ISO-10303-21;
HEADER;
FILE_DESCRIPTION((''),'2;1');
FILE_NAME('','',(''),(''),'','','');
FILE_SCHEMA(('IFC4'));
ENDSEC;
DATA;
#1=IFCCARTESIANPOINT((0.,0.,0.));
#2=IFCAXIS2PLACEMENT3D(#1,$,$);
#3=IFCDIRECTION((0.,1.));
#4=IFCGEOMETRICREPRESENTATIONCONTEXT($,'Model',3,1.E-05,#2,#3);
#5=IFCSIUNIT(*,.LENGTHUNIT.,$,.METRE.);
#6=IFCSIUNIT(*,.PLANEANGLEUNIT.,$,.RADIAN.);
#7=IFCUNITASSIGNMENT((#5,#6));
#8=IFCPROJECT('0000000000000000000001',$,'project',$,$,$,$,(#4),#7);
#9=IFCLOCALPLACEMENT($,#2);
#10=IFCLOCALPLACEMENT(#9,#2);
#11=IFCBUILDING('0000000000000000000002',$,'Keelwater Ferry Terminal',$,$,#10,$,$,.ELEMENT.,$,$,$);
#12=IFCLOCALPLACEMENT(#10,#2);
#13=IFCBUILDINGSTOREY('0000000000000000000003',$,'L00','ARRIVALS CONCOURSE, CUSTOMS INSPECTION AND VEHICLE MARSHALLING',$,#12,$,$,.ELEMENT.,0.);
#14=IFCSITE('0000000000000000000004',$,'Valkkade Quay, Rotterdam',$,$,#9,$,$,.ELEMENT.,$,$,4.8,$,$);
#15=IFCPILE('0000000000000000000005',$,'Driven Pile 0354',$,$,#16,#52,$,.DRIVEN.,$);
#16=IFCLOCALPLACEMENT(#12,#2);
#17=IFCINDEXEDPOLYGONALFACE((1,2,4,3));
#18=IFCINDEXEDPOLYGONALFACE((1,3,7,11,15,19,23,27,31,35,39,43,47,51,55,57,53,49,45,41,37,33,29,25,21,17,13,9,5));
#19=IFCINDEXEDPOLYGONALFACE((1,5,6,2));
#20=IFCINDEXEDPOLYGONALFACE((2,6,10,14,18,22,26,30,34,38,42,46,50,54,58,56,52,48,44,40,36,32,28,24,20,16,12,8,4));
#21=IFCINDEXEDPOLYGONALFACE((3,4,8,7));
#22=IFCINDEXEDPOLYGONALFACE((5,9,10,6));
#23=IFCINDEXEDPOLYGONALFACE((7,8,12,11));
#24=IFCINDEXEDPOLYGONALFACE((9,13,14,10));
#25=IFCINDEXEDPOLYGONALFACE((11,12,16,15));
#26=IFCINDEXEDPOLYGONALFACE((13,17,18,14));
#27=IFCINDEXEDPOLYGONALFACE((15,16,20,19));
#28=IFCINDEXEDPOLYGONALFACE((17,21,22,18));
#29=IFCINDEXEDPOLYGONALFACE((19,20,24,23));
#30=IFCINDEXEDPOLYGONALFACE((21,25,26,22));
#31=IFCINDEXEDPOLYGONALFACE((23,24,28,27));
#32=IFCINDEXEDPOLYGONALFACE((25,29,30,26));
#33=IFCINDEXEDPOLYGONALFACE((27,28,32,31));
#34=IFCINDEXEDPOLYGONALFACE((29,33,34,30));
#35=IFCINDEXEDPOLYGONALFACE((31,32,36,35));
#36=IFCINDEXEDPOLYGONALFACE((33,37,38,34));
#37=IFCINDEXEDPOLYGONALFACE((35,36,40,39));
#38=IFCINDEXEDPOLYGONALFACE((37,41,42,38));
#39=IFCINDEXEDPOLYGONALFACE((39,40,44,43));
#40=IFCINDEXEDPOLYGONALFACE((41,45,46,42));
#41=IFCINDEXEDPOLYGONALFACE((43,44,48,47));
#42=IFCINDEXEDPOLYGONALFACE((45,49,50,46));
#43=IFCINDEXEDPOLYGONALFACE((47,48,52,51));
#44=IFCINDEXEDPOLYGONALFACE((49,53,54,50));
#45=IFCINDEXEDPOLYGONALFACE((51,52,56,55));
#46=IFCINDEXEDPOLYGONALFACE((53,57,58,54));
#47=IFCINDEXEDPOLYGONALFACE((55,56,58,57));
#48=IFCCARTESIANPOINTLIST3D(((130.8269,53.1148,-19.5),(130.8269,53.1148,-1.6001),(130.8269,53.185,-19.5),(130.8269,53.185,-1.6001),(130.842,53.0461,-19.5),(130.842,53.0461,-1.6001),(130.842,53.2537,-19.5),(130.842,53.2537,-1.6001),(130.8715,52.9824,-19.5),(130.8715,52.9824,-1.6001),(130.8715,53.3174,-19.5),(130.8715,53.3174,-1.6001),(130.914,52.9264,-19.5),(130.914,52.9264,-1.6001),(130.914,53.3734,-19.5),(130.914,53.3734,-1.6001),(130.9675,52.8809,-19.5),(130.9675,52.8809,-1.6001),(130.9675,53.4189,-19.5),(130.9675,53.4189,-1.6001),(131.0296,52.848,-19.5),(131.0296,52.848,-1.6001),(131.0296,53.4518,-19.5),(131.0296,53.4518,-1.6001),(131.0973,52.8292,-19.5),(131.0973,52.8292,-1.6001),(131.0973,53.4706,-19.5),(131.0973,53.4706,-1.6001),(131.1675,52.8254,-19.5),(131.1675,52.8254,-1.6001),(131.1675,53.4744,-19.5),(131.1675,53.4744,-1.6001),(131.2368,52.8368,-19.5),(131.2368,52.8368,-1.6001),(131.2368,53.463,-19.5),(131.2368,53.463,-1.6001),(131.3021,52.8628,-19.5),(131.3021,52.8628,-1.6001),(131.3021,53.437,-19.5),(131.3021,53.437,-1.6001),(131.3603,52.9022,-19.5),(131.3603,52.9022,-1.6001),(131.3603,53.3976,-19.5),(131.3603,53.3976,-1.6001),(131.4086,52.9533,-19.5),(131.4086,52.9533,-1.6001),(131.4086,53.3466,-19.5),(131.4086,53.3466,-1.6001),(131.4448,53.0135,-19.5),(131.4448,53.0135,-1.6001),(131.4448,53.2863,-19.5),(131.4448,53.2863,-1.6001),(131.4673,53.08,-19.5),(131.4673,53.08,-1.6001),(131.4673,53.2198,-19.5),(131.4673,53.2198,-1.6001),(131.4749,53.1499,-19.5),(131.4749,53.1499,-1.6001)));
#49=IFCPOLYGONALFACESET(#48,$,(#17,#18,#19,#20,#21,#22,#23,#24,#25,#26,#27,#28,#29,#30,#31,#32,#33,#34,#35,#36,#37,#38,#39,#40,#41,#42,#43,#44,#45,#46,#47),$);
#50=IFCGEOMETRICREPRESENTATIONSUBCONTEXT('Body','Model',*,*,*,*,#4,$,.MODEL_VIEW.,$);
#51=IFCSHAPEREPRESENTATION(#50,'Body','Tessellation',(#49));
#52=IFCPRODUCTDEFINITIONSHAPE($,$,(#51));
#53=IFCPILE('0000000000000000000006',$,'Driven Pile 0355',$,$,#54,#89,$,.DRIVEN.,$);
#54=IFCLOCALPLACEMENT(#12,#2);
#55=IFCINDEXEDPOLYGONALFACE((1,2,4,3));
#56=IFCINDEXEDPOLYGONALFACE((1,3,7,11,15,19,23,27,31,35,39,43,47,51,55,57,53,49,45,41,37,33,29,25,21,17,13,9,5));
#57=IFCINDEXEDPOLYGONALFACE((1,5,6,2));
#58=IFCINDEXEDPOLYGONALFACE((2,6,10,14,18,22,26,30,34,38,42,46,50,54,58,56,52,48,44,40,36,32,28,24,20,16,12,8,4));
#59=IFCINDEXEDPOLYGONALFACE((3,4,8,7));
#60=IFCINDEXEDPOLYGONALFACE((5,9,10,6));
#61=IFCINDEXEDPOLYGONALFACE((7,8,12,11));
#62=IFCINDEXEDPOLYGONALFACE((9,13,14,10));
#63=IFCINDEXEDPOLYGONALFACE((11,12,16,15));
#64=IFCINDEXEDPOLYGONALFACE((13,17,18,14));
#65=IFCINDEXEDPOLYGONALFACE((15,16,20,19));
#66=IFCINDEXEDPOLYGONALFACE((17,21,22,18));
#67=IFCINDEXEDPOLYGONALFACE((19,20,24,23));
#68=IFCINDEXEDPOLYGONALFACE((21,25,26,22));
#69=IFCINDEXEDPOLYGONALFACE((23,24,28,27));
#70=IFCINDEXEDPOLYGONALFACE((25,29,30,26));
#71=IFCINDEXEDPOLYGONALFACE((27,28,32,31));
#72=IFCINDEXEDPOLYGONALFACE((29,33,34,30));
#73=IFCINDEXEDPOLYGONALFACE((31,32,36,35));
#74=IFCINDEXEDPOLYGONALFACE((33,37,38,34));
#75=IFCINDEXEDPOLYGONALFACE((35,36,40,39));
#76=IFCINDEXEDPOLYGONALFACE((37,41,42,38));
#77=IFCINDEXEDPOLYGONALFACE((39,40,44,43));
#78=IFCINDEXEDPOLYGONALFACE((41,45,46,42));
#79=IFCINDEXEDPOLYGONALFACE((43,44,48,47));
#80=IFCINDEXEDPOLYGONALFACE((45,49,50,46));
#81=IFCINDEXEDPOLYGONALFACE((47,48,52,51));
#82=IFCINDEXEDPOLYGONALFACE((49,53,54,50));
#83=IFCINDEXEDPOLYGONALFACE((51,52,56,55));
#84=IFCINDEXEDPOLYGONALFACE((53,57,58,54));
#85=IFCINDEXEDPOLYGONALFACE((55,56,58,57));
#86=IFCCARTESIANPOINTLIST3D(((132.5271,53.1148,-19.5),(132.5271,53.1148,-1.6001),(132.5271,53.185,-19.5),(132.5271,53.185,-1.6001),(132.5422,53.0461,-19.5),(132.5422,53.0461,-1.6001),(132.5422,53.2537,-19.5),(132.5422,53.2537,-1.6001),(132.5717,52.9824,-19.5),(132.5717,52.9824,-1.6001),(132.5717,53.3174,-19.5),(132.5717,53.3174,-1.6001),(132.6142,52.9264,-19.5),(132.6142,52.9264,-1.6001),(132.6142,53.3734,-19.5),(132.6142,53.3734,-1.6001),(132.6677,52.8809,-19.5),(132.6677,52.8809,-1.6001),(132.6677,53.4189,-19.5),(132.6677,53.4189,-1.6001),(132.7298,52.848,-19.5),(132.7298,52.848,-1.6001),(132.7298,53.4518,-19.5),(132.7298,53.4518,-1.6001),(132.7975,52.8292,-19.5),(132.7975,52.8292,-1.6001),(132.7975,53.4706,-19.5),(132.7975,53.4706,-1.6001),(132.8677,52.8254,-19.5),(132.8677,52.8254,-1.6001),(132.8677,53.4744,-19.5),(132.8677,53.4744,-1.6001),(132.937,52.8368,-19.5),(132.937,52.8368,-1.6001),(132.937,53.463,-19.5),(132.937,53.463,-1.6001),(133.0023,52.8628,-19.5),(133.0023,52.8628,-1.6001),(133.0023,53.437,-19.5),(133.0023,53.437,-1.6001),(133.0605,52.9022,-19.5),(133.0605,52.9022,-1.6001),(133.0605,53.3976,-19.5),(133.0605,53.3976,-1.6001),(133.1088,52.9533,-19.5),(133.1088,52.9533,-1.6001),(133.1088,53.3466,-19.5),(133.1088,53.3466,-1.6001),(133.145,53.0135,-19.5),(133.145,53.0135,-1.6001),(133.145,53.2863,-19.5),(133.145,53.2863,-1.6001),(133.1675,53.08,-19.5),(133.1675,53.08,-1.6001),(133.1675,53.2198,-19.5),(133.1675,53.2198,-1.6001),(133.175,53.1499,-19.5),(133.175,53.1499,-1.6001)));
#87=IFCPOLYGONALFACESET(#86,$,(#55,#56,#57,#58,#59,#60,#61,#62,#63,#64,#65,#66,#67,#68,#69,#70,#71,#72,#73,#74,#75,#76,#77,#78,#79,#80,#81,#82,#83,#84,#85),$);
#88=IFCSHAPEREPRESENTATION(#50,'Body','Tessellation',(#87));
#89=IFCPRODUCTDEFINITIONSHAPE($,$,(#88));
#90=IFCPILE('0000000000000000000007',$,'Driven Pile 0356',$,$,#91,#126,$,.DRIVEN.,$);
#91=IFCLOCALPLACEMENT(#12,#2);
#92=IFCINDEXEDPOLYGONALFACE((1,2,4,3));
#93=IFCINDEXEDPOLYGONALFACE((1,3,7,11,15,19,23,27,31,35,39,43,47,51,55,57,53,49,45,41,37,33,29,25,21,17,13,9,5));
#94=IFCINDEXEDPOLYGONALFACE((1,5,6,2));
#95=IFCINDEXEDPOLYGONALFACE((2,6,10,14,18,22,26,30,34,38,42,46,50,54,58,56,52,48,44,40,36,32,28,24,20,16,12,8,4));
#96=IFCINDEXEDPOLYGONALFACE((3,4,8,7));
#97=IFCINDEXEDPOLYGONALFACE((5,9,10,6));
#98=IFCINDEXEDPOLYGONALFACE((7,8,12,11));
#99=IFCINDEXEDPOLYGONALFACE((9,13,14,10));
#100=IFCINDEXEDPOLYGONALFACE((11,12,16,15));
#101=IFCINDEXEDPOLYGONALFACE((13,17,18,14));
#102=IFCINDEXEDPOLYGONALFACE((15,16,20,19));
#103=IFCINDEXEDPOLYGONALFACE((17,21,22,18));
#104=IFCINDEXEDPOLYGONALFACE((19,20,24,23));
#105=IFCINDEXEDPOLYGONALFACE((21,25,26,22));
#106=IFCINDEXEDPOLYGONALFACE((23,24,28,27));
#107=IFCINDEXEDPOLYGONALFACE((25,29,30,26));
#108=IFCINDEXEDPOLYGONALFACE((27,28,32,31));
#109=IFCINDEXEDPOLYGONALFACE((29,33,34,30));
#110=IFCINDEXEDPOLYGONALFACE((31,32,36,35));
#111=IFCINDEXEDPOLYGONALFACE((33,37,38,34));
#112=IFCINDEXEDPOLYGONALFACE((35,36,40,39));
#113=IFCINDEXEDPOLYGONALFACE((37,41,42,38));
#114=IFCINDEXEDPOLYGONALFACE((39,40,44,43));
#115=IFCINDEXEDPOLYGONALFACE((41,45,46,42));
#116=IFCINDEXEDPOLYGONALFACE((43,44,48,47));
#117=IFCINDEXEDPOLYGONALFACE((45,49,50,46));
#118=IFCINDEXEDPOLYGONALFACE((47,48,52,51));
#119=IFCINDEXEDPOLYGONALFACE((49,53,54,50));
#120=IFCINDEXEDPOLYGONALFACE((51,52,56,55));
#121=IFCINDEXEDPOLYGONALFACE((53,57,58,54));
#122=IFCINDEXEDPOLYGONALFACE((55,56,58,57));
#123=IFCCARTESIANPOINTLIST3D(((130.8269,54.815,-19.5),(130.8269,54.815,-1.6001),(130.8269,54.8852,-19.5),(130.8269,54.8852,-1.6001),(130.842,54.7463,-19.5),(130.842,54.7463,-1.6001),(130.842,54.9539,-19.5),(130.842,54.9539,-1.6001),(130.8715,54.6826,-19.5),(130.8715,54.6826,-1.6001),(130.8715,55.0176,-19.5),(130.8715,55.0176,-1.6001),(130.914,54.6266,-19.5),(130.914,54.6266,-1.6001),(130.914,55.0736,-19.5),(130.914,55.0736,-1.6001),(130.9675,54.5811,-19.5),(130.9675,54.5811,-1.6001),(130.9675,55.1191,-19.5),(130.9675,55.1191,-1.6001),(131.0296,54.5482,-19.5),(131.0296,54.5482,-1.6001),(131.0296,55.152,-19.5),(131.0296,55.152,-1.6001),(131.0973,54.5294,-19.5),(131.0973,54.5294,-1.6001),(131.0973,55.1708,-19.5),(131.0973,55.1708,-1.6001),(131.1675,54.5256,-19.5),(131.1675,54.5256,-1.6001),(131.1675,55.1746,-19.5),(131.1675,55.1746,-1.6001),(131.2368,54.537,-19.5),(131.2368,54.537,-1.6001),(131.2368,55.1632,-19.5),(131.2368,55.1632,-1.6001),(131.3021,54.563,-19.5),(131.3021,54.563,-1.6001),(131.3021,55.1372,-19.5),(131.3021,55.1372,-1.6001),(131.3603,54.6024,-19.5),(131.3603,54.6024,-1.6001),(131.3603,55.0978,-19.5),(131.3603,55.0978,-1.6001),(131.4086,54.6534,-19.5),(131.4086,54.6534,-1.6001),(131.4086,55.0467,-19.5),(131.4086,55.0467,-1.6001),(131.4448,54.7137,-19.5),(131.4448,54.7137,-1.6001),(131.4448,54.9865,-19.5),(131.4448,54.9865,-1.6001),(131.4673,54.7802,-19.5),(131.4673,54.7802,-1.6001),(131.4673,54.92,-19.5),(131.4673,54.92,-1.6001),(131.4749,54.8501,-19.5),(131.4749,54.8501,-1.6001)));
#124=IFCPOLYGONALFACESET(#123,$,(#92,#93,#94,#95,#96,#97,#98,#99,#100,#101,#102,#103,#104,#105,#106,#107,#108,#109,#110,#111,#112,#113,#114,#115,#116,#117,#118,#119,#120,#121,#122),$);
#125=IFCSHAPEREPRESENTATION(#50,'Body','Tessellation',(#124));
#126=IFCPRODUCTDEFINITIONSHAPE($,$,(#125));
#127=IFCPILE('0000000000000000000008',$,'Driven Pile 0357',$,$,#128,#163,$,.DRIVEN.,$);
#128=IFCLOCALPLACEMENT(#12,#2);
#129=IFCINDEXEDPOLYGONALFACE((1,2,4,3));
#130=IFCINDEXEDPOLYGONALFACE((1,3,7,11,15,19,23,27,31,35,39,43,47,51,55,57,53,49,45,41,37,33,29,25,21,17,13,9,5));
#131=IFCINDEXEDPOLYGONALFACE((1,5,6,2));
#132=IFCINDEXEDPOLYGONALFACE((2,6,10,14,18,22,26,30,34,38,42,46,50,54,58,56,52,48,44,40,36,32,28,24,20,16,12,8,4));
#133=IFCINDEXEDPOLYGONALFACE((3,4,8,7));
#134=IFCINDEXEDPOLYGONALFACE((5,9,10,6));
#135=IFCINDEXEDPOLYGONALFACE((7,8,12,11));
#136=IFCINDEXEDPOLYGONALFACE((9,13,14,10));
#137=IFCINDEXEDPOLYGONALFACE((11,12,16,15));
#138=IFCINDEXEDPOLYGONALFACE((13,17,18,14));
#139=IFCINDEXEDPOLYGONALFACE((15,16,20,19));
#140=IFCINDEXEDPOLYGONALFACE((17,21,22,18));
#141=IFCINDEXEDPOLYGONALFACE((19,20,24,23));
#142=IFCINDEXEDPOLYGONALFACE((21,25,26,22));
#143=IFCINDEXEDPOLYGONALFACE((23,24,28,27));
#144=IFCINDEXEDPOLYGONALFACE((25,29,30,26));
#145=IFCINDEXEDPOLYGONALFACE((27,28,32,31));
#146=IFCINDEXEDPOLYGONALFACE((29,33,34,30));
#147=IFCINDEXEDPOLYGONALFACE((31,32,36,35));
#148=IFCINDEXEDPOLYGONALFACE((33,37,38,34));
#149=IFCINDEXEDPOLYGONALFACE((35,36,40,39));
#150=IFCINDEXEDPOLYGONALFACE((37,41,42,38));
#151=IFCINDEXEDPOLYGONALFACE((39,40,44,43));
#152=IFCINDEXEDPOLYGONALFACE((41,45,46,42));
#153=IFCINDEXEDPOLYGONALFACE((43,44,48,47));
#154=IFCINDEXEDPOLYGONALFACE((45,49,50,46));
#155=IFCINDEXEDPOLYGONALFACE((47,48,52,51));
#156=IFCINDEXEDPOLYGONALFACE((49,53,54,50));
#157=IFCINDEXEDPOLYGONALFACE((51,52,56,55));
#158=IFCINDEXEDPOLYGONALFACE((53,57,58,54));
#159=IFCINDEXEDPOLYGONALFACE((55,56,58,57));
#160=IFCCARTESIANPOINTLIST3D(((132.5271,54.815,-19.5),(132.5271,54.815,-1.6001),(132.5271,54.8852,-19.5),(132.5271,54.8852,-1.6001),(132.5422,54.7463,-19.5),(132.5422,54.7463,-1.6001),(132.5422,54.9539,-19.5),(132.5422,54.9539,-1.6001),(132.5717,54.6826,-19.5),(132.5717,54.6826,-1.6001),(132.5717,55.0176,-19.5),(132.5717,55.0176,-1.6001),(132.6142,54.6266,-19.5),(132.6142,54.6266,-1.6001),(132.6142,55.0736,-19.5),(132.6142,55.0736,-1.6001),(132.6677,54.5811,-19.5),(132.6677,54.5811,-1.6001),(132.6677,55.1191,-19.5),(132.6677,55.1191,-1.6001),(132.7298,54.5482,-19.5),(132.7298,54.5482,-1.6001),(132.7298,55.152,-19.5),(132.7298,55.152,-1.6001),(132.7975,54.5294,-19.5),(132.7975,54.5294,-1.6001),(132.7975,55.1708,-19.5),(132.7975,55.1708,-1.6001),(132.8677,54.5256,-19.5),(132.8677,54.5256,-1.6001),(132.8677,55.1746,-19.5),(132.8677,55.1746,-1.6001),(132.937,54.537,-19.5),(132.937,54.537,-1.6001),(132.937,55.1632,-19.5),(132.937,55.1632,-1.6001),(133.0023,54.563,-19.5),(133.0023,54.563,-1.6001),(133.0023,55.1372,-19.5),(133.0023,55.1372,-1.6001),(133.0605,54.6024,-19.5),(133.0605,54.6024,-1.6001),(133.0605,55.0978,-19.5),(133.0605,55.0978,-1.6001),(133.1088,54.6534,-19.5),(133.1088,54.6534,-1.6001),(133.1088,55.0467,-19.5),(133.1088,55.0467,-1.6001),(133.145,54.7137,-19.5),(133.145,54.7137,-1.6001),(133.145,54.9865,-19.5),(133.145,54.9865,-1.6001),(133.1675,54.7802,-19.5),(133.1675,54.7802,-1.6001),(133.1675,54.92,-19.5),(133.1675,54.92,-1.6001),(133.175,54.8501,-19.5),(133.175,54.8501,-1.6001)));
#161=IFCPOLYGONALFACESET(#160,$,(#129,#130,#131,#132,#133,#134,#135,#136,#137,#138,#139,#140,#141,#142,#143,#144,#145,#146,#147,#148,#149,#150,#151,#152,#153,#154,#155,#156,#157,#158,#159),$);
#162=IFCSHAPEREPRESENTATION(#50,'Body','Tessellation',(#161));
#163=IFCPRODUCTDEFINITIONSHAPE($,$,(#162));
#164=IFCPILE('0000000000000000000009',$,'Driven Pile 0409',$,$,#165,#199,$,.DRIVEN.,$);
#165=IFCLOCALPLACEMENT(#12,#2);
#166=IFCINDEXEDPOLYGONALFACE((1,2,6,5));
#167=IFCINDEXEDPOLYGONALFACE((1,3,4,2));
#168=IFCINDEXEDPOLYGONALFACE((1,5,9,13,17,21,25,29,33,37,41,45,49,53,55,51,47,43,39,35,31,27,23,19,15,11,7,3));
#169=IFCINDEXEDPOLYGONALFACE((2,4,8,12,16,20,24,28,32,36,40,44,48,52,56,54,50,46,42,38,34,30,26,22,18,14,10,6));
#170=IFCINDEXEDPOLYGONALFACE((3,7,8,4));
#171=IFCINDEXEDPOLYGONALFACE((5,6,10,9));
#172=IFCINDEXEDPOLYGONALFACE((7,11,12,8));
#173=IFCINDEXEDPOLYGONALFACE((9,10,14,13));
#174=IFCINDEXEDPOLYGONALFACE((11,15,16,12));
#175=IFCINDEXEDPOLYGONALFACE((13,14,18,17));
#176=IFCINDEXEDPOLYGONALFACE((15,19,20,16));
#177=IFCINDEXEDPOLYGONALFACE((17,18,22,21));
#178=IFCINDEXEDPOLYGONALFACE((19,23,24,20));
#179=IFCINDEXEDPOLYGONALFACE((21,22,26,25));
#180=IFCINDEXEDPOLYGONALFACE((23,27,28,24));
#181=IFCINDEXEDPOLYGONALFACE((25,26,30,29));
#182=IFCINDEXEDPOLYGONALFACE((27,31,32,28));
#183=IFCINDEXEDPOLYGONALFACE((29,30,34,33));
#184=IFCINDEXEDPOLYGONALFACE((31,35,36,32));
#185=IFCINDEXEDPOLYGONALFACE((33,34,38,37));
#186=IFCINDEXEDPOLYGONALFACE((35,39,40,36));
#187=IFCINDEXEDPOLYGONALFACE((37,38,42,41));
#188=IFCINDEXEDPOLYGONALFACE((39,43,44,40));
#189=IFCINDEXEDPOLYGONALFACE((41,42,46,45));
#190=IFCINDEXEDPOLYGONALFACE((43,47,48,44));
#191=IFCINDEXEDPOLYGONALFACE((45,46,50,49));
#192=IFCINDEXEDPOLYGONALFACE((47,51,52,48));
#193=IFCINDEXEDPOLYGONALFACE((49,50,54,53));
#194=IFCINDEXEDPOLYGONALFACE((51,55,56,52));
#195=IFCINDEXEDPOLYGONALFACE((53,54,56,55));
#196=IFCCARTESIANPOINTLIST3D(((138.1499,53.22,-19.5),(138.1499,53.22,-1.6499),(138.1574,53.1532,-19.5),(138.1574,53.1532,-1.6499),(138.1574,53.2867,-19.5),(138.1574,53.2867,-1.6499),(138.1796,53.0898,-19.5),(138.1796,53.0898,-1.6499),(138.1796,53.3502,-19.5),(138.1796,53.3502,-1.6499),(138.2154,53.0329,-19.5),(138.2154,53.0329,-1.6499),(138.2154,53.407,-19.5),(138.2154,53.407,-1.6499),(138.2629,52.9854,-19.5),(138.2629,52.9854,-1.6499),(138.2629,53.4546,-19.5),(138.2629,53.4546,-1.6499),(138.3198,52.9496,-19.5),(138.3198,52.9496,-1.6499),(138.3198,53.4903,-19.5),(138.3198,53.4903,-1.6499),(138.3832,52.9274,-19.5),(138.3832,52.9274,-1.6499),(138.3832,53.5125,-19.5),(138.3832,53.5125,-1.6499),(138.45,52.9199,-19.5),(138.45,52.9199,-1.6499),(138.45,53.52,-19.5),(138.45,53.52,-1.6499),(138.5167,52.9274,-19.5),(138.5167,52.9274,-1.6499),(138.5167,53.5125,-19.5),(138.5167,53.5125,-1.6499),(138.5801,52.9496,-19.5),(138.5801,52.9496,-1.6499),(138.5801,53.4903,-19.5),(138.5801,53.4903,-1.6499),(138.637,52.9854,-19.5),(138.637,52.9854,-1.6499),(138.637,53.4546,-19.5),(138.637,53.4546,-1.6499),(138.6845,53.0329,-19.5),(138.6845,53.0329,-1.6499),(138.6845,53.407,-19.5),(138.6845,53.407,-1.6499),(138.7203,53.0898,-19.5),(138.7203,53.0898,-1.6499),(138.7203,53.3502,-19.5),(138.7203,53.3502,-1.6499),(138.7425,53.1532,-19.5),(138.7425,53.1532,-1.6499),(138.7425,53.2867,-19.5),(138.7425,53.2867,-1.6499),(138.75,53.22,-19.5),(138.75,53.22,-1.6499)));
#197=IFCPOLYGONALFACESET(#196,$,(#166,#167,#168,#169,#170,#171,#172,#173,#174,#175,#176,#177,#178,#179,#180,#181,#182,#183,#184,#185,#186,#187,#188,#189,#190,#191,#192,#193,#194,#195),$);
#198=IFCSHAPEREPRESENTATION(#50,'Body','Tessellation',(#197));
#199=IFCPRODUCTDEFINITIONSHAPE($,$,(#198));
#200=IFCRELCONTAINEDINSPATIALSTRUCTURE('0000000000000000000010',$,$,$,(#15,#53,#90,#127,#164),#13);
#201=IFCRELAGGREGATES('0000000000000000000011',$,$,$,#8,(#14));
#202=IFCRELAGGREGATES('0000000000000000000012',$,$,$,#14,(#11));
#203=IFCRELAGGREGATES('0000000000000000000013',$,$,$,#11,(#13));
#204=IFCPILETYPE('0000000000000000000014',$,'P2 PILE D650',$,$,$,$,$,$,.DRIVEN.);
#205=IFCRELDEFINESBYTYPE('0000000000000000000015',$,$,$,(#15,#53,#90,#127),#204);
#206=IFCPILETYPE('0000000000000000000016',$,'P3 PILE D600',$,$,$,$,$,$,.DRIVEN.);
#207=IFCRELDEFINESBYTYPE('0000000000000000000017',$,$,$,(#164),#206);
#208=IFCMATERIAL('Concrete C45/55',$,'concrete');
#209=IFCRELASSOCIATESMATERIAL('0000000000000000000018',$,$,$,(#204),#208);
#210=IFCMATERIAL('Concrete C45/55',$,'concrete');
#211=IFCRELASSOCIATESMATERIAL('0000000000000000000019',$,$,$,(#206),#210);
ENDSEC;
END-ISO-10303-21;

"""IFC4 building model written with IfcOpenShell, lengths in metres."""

from ifc_helpers import new_model, si_unit, direction, frame, origin, origin_2d, place, context, subcontext, project, spatial, circle, extrude, material, material_profile, profile_set, type_object, element, save


model = new_model("IFC4")

# Units and contexts
model_context = context("Model", 3, precision=1e-05, world=origin(), true_north=direction((0.0, 1.0)))
body_context = subcontext(model_context, "Body", "Model", "MODEL_VIEW")
ifc_project = project(units=[si_unit("LENGTHUNIT", "METRE"), si_unit("PLANEANGLEUNIT", "RADIAN")], contexts=[model_context])

# Site, building, storey
site_placement = place(None, origin())
site = spatial("IfcSite", under=ifc_project, at=site_placement, Name="Valkkade Quay, Rotterdam", CompositionType="ELEMENT", RefElevation=4.8)
building_placement = place(site_placement, origin())
building = spatial("IfcBuilding", under=site, at=building_placement, Name="Keelwater Ferry Terminal", CompositionType="ELEMENT")
storey_placement = place(building_placement, origin())
storey = spatial("IfcBuildingStorey", under=building, at=storey_placement, Name="L00", Description="ARRIVALS CONCOURSE, CUSTOMS INSPECTION AND VEHICLE MARSHALLING", CompositionType="ELEMENT", Elevation=0.0)

# Piles
ifc_material_1 = material(Name="Concrete C45/55", Category="concrete")
ifc_material_profile_1 = material_profile(ifc_material_1, circle(Radius=0.325, at=origin_2d()), Name="PILE D650")
ifc_profile_set_1 = profile_set([ifc_material_profile_1], Name="Concrete C45/55")
pile_type_1 = type_object("IfcPileType", Name="P2 PILE D650", PredefinedType="DRIVEN", material=ifc_profile_set_1)
for number, where, z_axis, x_axis, name in (
    (1, (131.1499, 53.1499, -1.6001), (0.0, 0.0, -1.0), (1.0, 0.0, 0.0), "Driven Pile 0354"),
    (2, (132.8501, 53.1499, -1.6001), (0.0, 0.0, -1.0), (1.0, 0.0, 0.0), "Driven Pile 0355"),
    (3, (131.1499, 54.8501, -1.6001), (0.0, 0.0, -1.0), (1.0, 0.0, 0.0), "Driven Pile 0356"),
    (4, (132.8501, 54.8501, -1.6001), (0.0, 0.0, -1.0), (1.0, 0.0, 0.0), "Driven Pile 0357"),
):
    element("IfcPile", number, at=place(storey_placement, frame(where, z_axis=z_axis, x_axis=x_axis)), inside=storey, type_object=pile_type_1, Name=name, PredefinedType="DRIVEN", context=body_context, shape_type="SweptSolid", body=[
        extrude(circle(Radius=0.325, at=origin_2d()), origin(), (0.0, 0.0, 1.0), 17.8999),
    ])
ifc_material_2 = material(Name="Concrete C45/55", Category="concrete")
ifc_material_profile_2 = material_profile(ifc_material_2, circle(Radius=0.3, at=origin_2d()), Name="PILE D600")
ifc_profile_set_2 = profile_set([ifc_material_profile_2], Name="Concrete C45/55")
pile_type_2 = type_object("IfcPileType", Name="P3 PILE D600", PredefinedType="DRIVEN", material=ifc_profile_set_2)
for number, where, z_axis, x_axis, name in (
    (5, (138.45, 53.22, -1.6499), (0.0, 0.0, -1.0), (1.0, 0.0, 0.0), "Driven Pile 0409"),
):
    element("IfcPile", number, at=place(storey_placement, frame(where, z_axis=z_axis, x_axis=x_axis)), inside=storey, type_object=pile_type_2, Name=name, PredefinedType="DRIVEN", context=body_context, shape_type="SweptSolid", body=[
        extrude(circle(Radius=0.3, at=origin_2d()), origin(), (0.0, 0.0, 1.0), 17.8501),
    ])

save(model, "model.ifc")
